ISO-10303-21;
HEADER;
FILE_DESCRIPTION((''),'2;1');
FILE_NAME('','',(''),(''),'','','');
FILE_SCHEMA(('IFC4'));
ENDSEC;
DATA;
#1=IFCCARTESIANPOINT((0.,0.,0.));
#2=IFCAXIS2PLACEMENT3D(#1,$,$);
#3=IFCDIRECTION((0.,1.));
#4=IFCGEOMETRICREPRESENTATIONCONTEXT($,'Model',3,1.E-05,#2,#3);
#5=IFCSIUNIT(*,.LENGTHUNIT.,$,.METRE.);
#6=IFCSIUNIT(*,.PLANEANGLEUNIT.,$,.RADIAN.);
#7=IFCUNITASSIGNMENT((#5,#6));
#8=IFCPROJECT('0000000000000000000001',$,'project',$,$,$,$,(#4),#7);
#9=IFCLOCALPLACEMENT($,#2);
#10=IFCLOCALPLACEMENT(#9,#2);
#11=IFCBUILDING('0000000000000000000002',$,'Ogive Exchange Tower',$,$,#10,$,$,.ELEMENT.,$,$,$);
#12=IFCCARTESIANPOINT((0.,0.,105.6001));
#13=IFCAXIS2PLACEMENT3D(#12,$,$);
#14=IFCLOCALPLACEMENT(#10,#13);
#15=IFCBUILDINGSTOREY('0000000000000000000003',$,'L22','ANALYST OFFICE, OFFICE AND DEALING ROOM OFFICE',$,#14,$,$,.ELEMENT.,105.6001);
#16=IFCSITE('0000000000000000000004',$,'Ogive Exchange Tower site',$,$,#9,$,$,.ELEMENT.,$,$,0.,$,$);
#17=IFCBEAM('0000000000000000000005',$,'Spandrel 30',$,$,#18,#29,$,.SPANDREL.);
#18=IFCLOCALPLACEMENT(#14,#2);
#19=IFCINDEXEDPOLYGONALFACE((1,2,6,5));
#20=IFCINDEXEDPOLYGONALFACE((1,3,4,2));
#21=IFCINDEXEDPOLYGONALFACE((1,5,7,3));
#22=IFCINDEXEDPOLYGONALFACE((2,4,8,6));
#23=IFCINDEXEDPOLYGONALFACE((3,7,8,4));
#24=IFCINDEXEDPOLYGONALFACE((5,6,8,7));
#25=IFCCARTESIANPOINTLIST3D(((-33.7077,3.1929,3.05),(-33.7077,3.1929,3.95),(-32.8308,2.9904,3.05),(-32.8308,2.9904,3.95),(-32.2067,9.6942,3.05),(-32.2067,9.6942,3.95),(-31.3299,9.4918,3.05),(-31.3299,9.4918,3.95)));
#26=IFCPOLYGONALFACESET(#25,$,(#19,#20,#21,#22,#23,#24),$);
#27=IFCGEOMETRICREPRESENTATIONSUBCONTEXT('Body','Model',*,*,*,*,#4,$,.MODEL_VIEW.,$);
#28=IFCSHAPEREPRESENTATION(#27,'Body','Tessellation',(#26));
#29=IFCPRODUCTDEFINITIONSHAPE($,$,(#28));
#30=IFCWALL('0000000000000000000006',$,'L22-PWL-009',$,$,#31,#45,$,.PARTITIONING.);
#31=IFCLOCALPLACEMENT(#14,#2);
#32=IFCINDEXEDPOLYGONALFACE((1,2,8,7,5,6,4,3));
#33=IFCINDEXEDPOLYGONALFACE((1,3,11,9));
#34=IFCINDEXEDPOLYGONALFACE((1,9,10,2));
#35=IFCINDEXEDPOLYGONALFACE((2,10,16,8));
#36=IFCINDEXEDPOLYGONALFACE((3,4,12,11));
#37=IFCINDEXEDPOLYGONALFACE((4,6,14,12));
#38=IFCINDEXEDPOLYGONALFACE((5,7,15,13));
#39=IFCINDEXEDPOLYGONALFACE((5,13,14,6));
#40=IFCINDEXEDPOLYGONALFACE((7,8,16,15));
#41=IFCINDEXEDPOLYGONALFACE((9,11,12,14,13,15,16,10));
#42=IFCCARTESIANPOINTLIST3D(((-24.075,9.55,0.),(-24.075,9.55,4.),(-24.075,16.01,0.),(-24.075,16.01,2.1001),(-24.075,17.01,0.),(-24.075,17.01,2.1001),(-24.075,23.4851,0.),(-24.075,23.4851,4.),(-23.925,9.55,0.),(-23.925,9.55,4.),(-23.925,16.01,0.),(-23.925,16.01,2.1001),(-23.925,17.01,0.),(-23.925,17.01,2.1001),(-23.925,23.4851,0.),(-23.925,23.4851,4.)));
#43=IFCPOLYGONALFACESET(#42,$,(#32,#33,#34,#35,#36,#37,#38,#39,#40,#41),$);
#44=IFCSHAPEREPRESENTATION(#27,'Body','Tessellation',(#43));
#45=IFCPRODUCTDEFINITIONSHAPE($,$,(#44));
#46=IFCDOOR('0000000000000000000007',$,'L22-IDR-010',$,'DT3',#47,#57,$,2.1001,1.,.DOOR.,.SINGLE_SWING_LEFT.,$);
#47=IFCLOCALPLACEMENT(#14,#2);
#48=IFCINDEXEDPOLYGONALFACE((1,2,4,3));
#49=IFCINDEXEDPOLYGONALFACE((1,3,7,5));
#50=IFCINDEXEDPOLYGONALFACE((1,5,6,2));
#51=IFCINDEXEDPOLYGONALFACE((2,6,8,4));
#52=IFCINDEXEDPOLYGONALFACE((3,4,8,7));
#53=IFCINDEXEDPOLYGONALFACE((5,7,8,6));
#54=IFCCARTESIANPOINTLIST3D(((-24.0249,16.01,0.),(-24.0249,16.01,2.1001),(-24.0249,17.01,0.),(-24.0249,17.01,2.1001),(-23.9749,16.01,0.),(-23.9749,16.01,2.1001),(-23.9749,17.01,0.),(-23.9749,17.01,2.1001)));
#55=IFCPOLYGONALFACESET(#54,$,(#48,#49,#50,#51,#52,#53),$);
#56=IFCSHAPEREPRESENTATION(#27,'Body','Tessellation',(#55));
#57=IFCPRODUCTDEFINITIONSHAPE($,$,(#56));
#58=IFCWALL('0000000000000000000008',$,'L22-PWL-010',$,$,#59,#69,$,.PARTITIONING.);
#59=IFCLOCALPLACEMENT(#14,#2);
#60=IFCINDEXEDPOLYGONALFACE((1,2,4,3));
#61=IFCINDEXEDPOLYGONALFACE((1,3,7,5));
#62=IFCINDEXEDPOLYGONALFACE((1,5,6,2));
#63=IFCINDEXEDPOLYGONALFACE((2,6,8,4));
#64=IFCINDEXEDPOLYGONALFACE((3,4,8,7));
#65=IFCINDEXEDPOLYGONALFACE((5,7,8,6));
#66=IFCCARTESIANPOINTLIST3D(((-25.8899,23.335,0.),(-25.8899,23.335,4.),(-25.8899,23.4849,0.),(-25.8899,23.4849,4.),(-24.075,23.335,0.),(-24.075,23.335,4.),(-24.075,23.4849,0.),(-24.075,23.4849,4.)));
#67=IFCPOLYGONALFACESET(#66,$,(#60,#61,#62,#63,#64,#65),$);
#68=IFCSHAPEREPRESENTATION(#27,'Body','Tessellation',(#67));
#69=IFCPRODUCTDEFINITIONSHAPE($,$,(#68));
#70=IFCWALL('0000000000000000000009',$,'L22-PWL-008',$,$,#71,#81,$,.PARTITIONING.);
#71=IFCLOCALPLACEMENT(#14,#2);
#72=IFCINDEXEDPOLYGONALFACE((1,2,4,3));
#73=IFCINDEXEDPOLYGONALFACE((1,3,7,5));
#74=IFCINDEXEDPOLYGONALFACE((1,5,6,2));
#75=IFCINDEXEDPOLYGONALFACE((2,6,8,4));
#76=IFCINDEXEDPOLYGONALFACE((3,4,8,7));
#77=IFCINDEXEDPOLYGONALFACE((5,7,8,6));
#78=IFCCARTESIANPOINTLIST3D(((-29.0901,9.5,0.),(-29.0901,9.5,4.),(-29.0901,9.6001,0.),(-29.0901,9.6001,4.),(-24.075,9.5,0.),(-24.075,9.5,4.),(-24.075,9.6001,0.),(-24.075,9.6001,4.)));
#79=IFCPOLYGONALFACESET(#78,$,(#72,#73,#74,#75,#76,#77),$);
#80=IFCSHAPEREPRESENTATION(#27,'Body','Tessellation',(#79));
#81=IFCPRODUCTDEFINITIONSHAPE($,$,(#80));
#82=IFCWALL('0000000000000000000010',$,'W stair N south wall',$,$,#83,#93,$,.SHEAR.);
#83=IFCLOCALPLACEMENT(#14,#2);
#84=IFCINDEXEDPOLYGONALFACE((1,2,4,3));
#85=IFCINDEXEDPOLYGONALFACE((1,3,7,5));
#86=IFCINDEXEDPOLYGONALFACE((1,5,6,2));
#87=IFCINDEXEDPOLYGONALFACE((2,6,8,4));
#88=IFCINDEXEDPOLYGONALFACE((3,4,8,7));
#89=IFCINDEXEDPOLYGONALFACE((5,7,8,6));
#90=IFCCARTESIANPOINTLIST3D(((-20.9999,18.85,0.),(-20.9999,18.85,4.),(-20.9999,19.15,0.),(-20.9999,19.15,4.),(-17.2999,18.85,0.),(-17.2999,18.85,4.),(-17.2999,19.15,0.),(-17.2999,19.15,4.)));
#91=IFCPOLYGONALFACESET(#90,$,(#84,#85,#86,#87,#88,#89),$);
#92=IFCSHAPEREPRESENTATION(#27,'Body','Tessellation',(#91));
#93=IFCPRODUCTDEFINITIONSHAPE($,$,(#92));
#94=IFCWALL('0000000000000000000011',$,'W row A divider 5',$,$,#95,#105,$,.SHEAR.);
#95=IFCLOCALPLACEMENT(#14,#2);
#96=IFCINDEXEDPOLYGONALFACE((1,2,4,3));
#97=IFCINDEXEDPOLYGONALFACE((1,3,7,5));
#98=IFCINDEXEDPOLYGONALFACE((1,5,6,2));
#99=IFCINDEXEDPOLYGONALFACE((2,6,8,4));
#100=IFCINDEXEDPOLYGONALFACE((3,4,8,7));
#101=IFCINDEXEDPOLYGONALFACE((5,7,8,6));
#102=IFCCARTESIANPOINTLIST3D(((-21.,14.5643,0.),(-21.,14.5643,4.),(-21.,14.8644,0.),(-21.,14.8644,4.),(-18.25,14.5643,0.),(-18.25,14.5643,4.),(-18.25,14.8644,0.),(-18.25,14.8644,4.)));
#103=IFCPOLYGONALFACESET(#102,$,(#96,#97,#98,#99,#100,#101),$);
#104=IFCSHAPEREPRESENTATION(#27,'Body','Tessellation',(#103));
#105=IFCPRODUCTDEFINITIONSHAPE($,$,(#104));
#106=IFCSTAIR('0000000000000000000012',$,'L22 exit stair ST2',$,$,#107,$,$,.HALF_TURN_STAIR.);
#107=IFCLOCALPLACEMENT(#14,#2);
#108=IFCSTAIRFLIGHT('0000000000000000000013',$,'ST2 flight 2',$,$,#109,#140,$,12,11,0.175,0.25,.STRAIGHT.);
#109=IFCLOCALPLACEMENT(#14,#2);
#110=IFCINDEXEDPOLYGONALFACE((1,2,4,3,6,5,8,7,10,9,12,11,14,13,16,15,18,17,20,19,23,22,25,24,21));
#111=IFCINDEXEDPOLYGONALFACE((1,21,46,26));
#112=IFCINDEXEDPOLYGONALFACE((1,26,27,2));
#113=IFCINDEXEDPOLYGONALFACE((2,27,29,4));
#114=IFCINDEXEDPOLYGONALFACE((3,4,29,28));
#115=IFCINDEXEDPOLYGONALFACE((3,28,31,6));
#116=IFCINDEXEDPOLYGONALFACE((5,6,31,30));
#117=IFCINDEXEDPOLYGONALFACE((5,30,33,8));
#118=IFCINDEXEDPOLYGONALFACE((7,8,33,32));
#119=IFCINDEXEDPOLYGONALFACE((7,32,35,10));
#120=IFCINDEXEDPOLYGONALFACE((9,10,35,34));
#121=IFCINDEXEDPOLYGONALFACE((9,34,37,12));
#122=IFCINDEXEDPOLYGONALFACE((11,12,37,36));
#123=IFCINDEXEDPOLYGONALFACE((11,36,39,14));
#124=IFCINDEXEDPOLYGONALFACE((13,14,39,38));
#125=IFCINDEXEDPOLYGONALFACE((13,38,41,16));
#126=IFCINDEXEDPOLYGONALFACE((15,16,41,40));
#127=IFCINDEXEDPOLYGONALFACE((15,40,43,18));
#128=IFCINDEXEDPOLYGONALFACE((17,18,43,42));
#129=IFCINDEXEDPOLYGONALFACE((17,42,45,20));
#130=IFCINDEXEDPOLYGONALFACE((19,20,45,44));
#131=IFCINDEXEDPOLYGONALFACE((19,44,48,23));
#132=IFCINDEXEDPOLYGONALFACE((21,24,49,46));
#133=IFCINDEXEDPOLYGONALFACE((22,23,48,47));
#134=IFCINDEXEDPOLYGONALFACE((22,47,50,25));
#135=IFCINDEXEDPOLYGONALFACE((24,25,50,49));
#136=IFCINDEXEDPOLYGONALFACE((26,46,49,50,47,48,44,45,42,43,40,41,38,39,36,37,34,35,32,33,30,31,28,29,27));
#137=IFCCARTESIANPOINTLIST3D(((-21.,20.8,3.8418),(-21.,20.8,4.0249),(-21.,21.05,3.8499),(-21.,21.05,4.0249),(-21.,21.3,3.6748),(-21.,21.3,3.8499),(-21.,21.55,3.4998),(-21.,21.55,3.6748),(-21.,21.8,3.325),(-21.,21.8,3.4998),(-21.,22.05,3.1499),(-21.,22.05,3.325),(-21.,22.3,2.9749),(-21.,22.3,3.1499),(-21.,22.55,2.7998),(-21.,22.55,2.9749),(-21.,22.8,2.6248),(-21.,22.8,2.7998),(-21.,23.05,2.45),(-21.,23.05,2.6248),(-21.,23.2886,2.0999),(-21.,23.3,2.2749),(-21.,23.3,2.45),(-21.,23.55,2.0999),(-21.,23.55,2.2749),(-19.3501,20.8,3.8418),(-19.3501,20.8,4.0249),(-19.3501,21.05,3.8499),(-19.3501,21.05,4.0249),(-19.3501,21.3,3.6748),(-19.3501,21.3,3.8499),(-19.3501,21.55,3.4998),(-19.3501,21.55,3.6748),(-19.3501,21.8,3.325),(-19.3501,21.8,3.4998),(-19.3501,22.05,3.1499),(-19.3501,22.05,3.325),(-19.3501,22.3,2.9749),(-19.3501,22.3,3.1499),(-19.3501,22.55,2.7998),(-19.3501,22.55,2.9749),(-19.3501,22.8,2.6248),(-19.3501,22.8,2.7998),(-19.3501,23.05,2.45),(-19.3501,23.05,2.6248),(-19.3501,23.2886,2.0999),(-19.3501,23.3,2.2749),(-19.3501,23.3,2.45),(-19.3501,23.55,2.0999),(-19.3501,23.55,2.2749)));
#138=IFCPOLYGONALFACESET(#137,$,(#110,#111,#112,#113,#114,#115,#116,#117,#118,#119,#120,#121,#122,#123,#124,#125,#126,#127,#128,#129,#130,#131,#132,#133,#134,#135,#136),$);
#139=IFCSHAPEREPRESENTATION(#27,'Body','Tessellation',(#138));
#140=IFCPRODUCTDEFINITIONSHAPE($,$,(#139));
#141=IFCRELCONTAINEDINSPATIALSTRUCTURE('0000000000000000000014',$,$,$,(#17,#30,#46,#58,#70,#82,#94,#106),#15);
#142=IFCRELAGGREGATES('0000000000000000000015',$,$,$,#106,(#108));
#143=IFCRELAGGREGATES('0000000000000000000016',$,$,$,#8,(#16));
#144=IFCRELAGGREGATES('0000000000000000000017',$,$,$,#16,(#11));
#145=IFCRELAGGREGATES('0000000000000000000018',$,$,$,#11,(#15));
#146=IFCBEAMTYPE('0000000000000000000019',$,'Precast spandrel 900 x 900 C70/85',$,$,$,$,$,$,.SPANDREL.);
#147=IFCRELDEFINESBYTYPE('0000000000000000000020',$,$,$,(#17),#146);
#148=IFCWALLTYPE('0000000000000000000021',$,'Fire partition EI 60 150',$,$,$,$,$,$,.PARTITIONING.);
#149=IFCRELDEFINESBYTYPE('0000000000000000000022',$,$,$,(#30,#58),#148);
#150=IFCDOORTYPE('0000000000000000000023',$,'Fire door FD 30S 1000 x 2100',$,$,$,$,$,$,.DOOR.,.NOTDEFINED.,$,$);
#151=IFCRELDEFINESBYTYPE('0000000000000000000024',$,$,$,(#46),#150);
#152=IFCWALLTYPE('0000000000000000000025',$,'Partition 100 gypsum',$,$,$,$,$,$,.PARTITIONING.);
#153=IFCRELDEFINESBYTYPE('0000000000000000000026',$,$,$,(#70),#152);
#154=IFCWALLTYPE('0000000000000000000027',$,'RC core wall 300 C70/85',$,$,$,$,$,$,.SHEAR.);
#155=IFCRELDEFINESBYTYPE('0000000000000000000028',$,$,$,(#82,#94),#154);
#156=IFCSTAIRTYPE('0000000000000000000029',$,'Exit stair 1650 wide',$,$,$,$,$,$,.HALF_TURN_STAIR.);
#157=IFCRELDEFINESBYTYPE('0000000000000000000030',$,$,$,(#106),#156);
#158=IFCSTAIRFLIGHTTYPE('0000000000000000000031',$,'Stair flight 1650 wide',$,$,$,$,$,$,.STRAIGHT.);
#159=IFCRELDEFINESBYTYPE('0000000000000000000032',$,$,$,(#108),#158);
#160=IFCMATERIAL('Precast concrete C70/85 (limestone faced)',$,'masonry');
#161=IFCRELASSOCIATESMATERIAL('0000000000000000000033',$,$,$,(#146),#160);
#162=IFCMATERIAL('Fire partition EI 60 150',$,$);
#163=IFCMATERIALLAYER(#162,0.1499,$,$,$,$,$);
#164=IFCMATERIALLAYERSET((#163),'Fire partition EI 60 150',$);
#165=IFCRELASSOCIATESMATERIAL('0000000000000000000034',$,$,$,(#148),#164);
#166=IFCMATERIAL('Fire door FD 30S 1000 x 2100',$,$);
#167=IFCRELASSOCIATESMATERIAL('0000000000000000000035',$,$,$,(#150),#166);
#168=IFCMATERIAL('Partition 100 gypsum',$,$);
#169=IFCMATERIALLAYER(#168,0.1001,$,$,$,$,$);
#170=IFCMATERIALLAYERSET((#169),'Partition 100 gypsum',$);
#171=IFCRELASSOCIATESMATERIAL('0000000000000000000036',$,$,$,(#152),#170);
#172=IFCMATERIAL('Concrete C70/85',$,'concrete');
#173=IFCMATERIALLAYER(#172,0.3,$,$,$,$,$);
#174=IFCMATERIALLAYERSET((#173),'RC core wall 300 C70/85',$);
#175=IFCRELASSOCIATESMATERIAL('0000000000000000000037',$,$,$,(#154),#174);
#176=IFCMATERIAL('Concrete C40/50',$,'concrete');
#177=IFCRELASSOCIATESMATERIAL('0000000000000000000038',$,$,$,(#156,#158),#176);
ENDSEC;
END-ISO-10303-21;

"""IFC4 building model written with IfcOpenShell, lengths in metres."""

from ifc_helpers import new_model, si_unit, direction, frame, frame_2d, origin, origin_2d, place, context, subcontext, project, spatial, polyline, rectangle, outline, extrude, material, layer, layer_set, material_profile, profile_set, type_object, element, fill, aggregate, save


model = new_model("IFC4")

# Units and contexts
model_context = context("Model", 3, precision=1e-05, world=origin(), true_north=direction((0.0, 1.0)))
body_context = subcontext(model_context, "Body", "Model", "MODEL_VIEW")
ifc_project = project(units=[si_unit("LENGTHUNIT", "METRE"), si_unit("PLANEANGLEUNIT", "RADIAN")], contexts=[model_context])

# Site, building, storey
site_placement = place(None, origin())
site = spatial("IfcSite", under=ifc_project, at=site_placement, Name="Ogive Exchange Tower site", CompositionType="ELEMENT", RefElevation=0.0)
building_placement = place(site_placement, origin())
building = spatial("IfcBuilding", under=site, at=building_placement, Name="Ogive Exchange Tower", CompositionType="ELEMENT")
storey_placement = place(building_placement, frame((0.0, 0.0, 105.6001)))
storey = spatial("IfcBuildingStorey", under=building, at=storey_placement, Name="L22", Description="ANALYST OFFICE, OFFICE AND DEALING ROOM OFFICE", CompositionType="ELEMENT", Elevation=105.6001)

# Shared definitions
ifc_material_1 = material(Name="Precast concrete C70/85 (limestone faced)", Category="masonry")

# Beam
ifc_material_profile_1 = material_profile(ifc_material_1, rectangle(XDim=0.8999, YDim=0.8999, at=origin_2d()), Name="900 x 900")
ifc_profile_set_1 = profile_set([ifc_material_profile_1], Name="Precast concrete C70/85 (limestone faced)")
beam_type_1 = type_object("IfcBeamType", Name="Precast spandrel 900 x 900 C70/85", PredefinedType="SPANDREL", material=ifc_profile_set_1)
beam_1_placement = place(storey_placement, frame((-31.7683, 9.593, 3.5), z_axis=(-0.22495, -0.97437, 0.0), x_axis=(0.97437, -0.22495, 0.0)))
element("IfcBeam", 1, at=beam_1_placement, inside=storey, type_object=beam_type_1, Name="Spandrel 30", PredefinedType="SPANDREL", context=body_context, shape_type="SweptSolid", body=[
    extrude(rectangle(XDim=0.8999, YDim=0.8999, at=origin_2d()), origin(), (0.0, 0.0, 1.0), 6.6724),
])

# Wall, opening, door
ifc_material_2 = material(Name="Fire partition EI 60 150")
ifc_layer_1 = layer(ifc_material_2, 0.1499)
ifc_layer_set_1 = layer_set([ifc_layer_1], Name="Fire partition EI 60 150")
wall_type_1 = type_object("IfcWallType", Name="Fire partition EI 60 150", PredefinedType="PARTITIONING", material=ifc_layer_set_1)
wall_1_placement = place(storey_placement, frame((-24.0, 9.55, 0.0), z_axis=(0.0, 0.0, 1.0), x_axis=(0.0, 1.0, 0.0)))
wall_1 = element("IfcWall", 2, at=wall_1_placement, inside=storey, type_object=wall_type_1, Name="L22-PWL-009", PredefinedType="PARTITIONING", context=body_context, shape_type="SweptSolid", body=[
    extrude(rectangle(XDim=13.9351, YDim=0.1499, at=frame_2d((6.9675, 0.0))), origin(), (0.0, 0.0, 1.0), 4.0),
])
opening_placement = place(wall_1_placement, frame((6.46, 0.0, 0.0)))
opening = element("IfcOpeningElement", 3, at=opening_placement, cuts=wall_1, PredefinedType="OPENING", context=body_context, shape_type="SweptSolid", body=[
    extrude(rectangle(XDim=1.0, YDim=2.1001, at=frame_2d((0.5, 1.05))), frame((0.0, 0.085, 0.0), z_axis=(0.0, -1.0, 0.0), x_axis=(1.0, 0.0, 0.0)), (0.0, 0.0, 1.0), 0.1699),
])
ifc_material_3 = material(Name="Fire door FD 30S 1000 x 2100")
door_type = type_object("IfcDoorType", Name="Fire door FD 30S 1000 x 2100", OperationType="NOTDEFINED", PredefinedType="DOOR", material=ifc_material_3)
door_placement = place(opening_placement, origin())
door = element("IfcDoor", 4, at=door_placement, inside=storey, type_object=door_type, Name="L22-IDR-010", ObjectType="DT3", OperationType="SINGLE_SWING_LEFT", OverallHeight=2.1001, OverallWidth=1.0, PredefinedType="DOOR", context=body_context, shape_type="SweptSolid", body=[
    extrude(rectangle(XDim=1.0, YDim=2.1001, at=frame_2d((0.5, 1.05))), frame((0.0, 0.0249, 0.0), z_axis=(0.0, -1.0, 0.0), x_axis=(1.0, 0.0, 0.0)), (0.0, 0.0, 1.0), 0.05),
])
fill(opening, door)

# Walls
wall_2_placement = place(storey_placement, frame((-24.075, 23.4099, 0.0), z_axis=(0.0, 0.0, 1.0), x_axis=(-1.0, 0.0, 0.0)))
element("IfcWall", 5, at=wall_2_placement, inside=storey, type_object=wall_type_1, Name="L22-PWL-010", PredefinedType="PARTITIONING", context=body_context, shape_type="SweptSolid", body=[
    extrude(rectangle(XDim=1.8149, YDim=0.1499, at=frame_2d((0.9075, 0.0))), origin(), (0.0, 0.0, 1.0), 4.0),
])
ifc_material_4 = material(Name="Partition 100 gypsum")
ifc_layer_2 = layer(ifc_material_4, 0.1001)
ifc_layer_set_2 = layer_set([ifc_layer_2], Name="Partition 100 gypsum")
wall_type_2 = type_object("IfcWallType", Name="Partition 100 gypsum", PredefinedType="PARTITIONING", material=ifc_layer_set_2)
wall_3_placement = place(storey_placement, frame((-24.075, 9.55, 0.0), z_axis=(0.0, 0.0, 1.0), x_axis=(-1.0, 0.0, 0.0)))
element("IfcWall", 6, at=wall_3_placement, inside=storey, type_object=wall_type_2, Name="L22-PWL-008", PredefinedType="PARTITIONING", context=body_context, shape_type="SweptSolid", body=[
    extrude(rectangle(XDim=5.0151, YDim=0.1001, at=frame_2d((2.5076, 0.0))), origin(), (0.0, 0.0, 1.0), 4.0),
])
ifc_material_5 = material(Name="Concrete C70/85", Category="concrete")
ifc_layer_3 = layer(ifc_material_5, 0.3)
ifc_layer_set_3 = layer_set([ifc_layer_3], Name="RC core wall 300 C70/85")
wall_type_3 = type_object("IfcWallType", Name="RC core wall 300 C70/85", PredefinedType="SHEAR", material=ifc_layer_set_3)
wall_4_placement = place(storey_placement, frame((-21.0, 19.0, 0.0), z_axis=(0.0, 0.0, 1.0), x_axis=(1.0, 0.0, 0.0)))
element("IfcWall", 7, at=wall_4_placement, inside=storey, type_object=wall_type_3, Name="W stair N south wall", PredefinedType="SHEAR", context=body_context, shape_type="SweptSolid", body=[
    extrude(rectangle(XDim=3.7, YDim=0.3, at=frame_2d((1.8501, 0.0))), origin(), (0.0, 0.0, 1.0), 4.0),
])
wall_5_placement = place(storey_placement, frame((-21.0, 14.7144, 0.0), z_axis=(0.0, 0.0, 1.0), x_axis=(1.0, 0.0, 0.0)))
element("IfcWall", 8, at=wall_5_placement, inside=storey, type_object=wall_type_3, Name="W row A divider 5", PredefinedType="SHEAR", context=body_context, shape_type="SweptSolid", body=[
    extrude(rectangle(XDim=2.75, YDim=0.3, at=frame_2d((1.375, 0.0))), origin(), (0.0, 0.0, 1.0), 4.0),
])

# Stair, stair flight
ifc_material_6 = material(Name="Concrete C40/50", Category="concrete")
stair_type = type_object("IfcStairType", Name="Exit stair 1650 wide", PredefinedType="HALF_TURN_STAIR", material=ifc_material_6)
stair_placement = place(storey_placement, origin())
stair = element("IfcStair", 9, at=stair_placement, inside=storey, type_object=stair_type, Name="L22 exit stair ST2", PredefinedType="HALF_TURN_STAIR")
stair_flight_type = type_object("IfcStairFlightType", Name="Stair flight 1650 wide", PredefinedType="STRAIGHT", material=ifc_material_6)
stair_flight_placement = place(storey_placement, frame((-20.175, 23.55, 2.0999), z_axis=(0.0, 0.0, 1.0), x_axis=(0.0, -1.0, 0.0)))
stair_flight = element("IfcStairFlight", 10, at=stair_flight_placement, type_object=stair_flight_type, Name="ST2 flight 2", NumberOfRisers=12, NumberOfTreads=11, PredefinedType="STRAIGHT", RiserHeight=0.175, TreadLength=0.25, context=body_context, shape_type="SweptSolid", body=[
    extrude(outline(polyline([(0.0, 0.0), (0.0, 0.175), (0.25, 0.175), (0.25, 0.3501), (0.5, 0.3501), (0.5, 0.5249), (0.75, 0.5249), (0.75, 0.7), (1.0, 0.7), (1.0, 0.875), (1.25, 0.875), (1.25, 1.05), (1.5, 1.05), (1.5, 1.2251), (1.75, 1.2251), (1.75, 1.3999), (2.0, 1.3999), (2.0, 1.575), (2.25, 1.575), (2.25, 1.75), (2.5, 1.75), (2.5, 1.925), (2.75, 1.925), (2.75, 2.1001), (2.75, 1.7419), (0.2615, 0.0), (0.0, 0.0)])), frame((0.0, 0.825, 0.0), z_axis=(0.0, -1.0, 0.0), x_axis=(1.0, 0.0, 0.0)), (0.0, 0.0, 1.0), 1.6499),
])
aggregate(stair, [stair_flight])

save(model, "model.ifc")
